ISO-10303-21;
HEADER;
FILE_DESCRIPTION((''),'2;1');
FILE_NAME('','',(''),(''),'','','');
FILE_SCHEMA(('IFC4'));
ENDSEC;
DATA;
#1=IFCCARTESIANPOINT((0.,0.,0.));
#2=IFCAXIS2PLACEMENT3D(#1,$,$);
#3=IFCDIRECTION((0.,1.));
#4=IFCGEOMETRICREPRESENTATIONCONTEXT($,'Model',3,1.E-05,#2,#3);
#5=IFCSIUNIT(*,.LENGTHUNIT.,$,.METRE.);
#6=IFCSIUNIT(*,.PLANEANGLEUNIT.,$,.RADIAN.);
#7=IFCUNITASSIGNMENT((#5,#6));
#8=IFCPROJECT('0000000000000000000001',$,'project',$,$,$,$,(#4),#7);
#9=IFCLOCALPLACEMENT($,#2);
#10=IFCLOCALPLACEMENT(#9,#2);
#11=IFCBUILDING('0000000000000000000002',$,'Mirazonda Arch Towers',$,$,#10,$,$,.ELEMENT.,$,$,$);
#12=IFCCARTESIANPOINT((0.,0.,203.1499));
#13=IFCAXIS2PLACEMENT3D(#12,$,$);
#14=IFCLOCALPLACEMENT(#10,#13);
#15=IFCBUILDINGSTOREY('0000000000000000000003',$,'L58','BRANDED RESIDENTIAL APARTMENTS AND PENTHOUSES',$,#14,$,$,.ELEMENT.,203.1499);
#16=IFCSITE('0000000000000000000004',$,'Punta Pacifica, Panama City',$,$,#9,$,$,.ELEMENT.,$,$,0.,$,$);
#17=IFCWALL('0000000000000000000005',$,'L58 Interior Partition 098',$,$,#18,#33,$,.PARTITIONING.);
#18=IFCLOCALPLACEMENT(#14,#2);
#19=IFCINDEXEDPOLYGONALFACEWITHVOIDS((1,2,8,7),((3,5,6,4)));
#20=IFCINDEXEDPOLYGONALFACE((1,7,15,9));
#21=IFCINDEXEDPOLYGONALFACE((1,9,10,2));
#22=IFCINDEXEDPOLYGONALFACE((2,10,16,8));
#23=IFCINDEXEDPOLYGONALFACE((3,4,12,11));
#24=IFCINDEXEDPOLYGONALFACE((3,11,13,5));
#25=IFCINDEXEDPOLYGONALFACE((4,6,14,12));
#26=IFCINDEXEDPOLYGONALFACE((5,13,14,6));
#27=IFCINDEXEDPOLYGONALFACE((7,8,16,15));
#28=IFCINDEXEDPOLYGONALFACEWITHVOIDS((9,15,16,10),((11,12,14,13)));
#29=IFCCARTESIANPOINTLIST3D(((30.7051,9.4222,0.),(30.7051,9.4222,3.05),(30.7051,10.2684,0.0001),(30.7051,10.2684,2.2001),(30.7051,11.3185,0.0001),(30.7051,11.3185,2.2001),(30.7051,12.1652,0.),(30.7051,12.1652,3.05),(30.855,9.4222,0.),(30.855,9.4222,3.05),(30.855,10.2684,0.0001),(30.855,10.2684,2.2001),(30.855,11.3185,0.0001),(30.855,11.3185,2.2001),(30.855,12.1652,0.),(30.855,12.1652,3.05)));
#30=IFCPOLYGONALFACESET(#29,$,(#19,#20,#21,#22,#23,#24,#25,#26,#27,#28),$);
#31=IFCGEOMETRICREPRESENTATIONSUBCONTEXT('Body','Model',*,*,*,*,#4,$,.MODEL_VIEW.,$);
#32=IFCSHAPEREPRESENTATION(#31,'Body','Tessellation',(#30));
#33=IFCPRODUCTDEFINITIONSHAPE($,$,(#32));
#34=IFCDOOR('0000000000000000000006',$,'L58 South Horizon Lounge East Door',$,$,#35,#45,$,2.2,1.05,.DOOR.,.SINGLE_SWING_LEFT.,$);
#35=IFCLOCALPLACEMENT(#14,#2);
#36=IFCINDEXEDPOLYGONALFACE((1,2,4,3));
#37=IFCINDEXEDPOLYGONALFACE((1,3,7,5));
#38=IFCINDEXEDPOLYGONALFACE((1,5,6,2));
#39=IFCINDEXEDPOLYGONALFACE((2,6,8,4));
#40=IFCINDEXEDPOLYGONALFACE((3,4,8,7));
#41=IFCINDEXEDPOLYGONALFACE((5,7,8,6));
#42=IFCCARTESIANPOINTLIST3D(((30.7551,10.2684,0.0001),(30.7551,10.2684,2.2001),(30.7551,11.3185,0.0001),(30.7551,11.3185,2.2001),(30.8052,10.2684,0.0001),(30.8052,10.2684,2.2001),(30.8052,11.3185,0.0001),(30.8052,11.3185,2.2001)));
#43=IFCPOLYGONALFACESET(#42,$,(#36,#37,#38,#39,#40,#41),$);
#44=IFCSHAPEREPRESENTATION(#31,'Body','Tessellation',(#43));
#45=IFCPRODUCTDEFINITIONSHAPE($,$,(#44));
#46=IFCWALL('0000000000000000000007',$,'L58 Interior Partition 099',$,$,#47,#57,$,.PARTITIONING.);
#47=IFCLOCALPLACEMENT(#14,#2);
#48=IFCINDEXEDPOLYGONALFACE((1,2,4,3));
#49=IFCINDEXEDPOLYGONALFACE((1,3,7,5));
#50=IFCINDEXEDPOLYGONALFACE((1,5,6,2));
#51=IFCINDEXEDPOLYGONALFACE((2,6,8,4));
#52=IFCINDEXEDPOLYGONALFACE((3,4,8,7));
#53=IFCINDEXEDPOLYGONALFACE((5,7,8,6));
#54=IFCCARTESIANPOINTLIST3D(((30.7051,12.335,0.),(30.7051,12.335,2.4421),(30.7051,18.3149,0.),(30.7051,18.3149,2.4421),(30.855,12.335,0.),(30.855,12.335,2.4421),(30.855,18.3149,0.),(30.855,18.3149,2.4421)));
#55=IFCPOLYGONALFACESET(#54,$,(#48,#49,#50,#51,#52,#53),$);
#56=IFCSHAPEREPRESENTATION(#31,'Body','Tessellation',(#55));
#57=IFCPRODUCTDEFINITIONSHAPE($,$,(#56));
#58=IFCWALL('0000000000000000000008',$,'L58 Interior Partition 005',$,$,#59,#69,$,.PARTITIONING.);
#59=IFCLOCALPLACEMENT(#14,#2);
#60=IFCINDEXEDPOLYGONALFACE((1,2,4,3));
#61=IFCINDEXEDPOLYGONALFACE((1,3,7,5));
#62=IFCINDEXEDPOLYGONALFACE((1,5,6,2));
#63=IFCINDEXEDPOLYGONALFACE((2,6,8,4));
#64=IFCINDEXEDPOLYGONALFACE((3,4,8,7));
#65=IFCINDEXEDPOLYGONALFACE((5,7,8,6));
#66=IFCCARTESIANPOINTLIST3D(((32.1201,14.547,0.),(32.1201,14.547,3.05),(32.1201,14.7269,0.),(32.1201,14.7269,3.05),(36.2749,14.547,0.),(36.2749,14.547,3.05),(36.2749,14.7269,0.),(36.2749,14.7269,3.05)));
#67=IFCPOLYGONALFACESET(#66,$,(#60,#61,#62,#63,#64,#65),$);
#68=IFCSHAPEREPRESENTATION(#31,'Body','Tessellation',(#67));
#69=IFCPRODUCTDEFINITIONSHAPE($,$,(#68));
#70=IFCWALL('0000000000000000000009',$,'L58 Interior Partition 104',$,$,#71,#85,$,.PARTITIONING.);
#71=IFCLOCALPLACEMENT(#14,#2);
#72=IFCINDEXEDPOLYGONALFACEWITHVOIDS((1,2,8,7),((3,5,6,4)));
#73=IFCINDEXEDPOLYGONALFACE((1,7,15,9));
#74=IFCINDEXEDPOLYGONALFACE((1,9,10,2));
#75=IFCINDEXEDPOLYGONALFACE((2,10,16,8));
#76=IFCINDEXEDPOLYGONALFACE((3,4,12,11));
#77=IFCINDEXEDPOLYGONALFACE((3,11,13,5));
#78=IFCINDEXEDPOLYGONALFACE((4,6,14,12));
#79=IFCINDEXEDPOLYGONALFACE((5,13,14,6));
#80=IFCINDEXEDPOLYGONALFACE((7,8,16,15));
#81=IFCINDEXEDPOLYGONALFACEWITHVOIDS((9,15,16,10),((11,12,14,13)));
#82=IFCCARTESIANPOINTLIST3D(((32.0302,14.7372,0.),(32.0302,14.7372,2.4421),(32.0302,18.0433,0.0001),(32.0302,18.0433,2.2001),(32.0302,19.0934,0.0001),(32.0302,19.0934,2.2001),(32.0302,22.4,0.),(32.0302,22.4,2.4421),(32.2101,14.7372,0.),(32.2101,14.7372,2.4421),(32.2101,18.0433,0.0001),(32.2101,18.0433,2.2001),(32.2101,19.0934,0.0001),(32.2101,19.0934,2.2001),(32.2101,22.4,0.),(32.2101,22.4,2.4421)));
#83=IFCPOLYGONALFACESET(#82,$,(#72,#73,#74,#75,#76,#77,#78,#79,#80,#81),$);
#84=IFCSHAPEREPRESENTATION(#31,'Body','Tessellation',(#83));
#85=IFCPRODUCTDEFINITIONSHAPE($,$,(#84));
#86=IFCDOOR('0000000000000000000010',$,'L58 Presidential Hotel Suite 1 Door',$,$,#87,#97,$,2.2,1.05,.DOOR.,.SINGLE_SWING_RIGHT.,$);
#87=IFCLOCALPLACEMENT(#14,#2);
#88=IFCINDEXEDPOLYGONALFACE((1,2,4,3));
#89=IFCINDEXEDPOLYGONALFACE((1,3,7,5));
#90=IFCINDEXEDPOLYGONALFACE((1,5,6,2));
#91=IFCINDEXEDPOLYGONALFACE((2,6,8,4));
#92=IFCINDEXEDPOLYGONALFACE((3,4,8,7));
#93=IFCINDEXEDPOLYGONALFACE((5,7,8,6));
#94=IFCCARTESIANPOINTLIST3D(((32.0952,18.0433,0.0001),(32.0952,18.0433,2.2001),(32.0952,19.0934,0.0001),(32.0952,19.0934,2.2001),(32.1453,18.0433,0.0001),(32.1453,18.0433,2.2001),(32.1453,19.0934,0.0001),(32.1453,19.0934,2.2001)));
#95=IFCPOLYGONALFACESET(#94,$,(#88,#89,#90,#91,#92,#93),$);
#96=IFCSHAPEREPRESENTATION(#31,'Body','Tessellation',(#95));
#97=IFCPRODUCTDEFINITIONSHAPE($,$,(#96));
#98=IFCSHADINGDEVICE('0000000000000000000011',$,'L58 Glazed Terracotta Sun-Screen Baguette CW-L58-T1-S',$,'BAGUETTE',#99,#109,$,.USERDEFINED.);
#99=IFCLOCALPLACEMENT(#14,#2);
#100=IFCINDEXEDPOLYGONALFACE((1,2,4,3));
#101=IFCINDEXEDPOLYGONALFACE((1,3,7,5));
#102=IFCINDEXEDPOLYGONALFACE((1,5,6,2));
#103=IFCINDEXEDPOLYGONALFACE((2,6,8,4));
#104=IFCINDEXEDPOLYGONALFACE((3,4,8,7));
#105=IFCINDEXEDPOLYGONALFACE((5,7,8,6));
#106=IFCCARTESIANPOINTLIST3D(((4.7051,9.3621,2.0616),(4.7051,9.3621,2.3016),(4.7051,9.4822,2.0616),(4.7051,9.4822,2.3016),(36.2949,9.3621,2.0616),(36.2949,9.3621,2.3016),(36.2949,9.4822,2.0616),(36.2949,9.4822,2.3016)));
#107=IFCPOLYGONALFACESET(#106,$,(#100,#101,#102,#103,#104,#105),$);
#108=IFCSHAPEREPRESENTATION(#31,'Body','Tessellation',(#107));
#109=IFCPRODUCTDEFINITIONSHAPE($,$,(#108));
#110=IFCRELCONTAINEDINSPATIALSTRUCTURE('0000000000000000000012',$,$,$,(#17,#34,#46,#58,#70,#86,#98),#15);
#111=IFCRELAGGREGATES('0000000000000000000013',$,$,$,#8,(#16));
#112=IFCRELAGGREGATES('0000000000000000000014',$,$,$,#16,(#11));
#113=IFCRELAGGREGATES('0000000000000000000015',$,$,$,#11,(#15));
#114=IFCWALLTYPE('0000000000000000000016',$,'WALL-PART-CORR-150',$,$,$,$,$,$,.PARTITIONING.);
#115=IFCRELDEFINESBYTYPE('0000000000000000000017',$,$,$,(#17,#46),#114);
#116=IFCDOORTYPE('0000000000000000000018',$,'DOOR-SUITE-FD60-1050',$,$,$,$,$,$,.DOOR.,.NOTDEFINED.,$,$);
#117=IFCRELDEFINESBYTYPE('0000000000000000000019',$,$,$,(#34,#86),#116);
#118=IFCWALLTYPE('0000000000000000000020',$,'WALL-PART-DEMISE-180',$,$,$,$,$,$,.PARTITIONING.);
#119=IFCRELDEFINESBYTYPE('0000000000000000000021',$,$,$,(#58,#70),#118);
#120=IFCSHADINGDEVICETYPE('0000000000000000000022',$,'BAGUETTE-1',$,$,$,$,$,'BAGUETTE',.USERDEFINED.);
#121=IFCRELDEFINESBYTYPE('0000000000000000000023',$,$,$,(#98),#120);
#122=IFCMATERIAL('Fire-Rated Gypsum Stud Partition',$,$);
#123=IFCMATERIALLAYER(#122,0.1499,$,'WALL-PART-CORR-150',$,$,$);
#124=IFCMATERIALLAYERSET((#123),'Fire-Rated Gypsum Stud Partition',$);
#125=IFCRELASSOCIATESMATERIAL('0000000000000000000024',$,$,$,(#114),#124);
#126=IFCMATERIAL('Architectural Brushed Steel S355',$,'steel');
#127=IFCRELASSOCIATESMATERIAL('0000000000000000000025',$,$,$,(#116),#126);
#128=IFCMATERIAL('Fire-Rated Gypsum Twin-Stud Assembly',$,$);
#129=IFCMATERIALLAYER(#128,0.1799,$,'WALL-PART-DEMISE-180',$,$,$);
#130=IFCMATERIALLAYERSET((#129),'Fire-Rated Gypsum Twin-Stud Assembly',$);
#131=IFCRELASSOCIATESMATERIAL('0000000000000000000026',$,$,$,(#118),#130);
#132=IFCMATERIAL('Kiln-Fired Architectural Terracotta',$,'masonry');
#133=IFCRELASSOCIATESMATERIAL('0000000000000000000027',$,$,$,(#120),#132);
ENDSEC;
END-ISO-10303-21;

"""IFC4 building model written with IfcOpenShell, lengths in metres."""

from ifc_helpers import new_model, si_unit, direction, frame, frame_2d, origin, origin_2d, place, context, subcontext, project, spatial, rectangle, extrude, material, layer, layer_set, material_profile, profile_set, type_object, element, fill, save


model = new_model("IFC4")

# Units and contexts
model_context = context("Model", 3, precision=1e-05, world=origin(), true_north=direction((0.0, 1.0)))
body_context = subcontext(model_context, "Body", "Model", "MODEL_VIEW")
ifc_project = project(units=[si_unit("LENGTHUNIT", "METRE"), si_unit("PLANEANGLEUNIT", "RADIAN")], contexts=[model_context])

# Site, building, storey
site_placement = place(None, origin())
site = spatial("IfcSite", under=ifc_project, at=site_placement, Name="Punta Pacifica, Panama City", CompositionType="ELEMENT", RefElevation=0.0)
building_placement = place(site_placement, origin())
building = spatial("IfcBuilding", under=site, at=building_placement, Name="Mirazonda Arch Towers", CompositionType="ELEMENT")
storey_placement = place(building_placement, frame((0.0, 0.0, 203.1499)))
storey = spatial("IfcBuildingStorey", under=building, at=storey_placement, Name="L58", Description="BRANDED RESIDENTIAL APARTMENTS AND PENTHOUSES", CompositionType="ELEMENT", Elevation=203.1499)

# Shared definitions
ifc_material_1 = material(Name="Fire-Rated Gypsum Stud Partition")
ifc_layer_1 = layer(ifc_material_1, 0.1499, Name="WALL-PART-CORR-150")
ifc_layer_set_1 = layer_set([ifc_layer_1], Name="Fire-Rated Gypsum Stud Partition")
wall_type_1 = type_object("IfcWallType", Name="WALL-PART-CORR-150", PredefinedType="PARTITIONING", material=ifc_layer_set_1)

# Wall, opening, door
wall_1_placement = place(storey_placement, frame((30.78, 9.4221, 0.0), z_axis=(0.0, 0.0, 1.0), x_axis=(0.0, 1.0, 0.0)))
wall_1 = element("IfcWall", 1, at=wall_1_placement, inside=storey, type_object=wall_type_1, Name="L58 Interior Partition 098", PredefinedType="PARTITIONING", context=body_context, shape_type="SweptSolid", body=[
    extrude(rectangle(XDim=2.7429, YDim=0.1499, at=frame_2d((1.3716, 0.0))), origin(), (0.0, 0.0, 1.0), 3.05),
])
opening_1_placement = place(wall_1_placement, frame((0.8464, 0.0, 0.0)))
opening_1 = element("IfcOpeningElement", 2, at=opening_1_placement, cuts=wall_1, PredefinedType="OPENING", context=body_context, shape_type="SweptSolid", body=[
    extrude(rectangle(XDim=1.05, YDim=2.2, at=frame_2d((0.5249, 1.1001))), frame((0.0, 0.085, 0.0), z_axis=(0.0, -1.0, 0.0), x_axis=(1.0, 0.0, 0.0)), (0.0, 0.0, 1.0), 0.1699),
])
ifc_material_2 = material(Name="Architectural Brushed Steel S355", Category="steel")
door_type_1 = type_object("IfcDoorType", Name="DOOR-SUITE-FD60-1050", OperationType="NOTDEFINED", PredefinedType="DOOR", material=ifc_material_2)
door_1_placement = place(opening_1_placement, origin())
door_1 = element("IfcDoor", 3, at=door_1_placement, inside=storey, type_object=door_type_1, Name="L58 South Horizon Lounge East Door", OperationType="SINGLE_SWING_LEFT", OverallHeight=2.2, OverallWidth=1.05, PredefinedType="DOOR", context=body_context, shape_type="SweptSolid", body=[
    extrude(rectangle(XDim=1.05, YDim=2.2, at=frame_2d((0.5249, 1.1001))), frame((0.0, 0.0249, 0.0), z_axis=(0.0, -1.0, 0.0), x_axis=(1.0, 0.0, 0.0)), (0.0, 0.0, 1.0), 0.05),
])
fill(opening_1, door_1)

# Walls
wall_2_placement = place(storey_placement, frame((30.78, 12.335, 0.0), z_axis=(0.0, 0.0, 1.0), x_axis=(0.0, 1.0, 0.0)))
element("IfcWall", 4, at=wall_2_placement, inside=storey, type_object=wall_type_1, Name="L58 Interior Partition 099", PredefinedType="PARTITIONING", context=body_context, shape_type="SweptSolid", body=[
    extrude(rectangle(XDim=5.98, YDim=0.1499, at=frame_2d((2.99, 0.0))), origin(), (0.0, 0.0, 1.0), 2.4421),
])
ifc_material_3 = material(Name="Fire-Rated Gypsum Twin-Stud Assembly")
ifc_layer_2 = layer(ifc_material_3, 0.1799, Name="WALL-PART-DEMISE-180")
ifc_layer_set_2 = layer_set([ifc_layer_2], Name="Fire-Rated Gypsum Twin-Stud Assembly")
wall_type_2 = type_object("IfcWallType", Name="WALL-PART-DEMISE-180", PredefinedType="PARTITIONING", material=ifc_layer_set_2)
wall_3_placement = place(storey_placement, frame((32.1201, 14.637, 0.0), z_axis=(0.0, 0.0, 1.0), x_axis=(1.0, 0.0, 0.0)))
element("IfcWall", 5, at=wall_3_placement, inside=storey, type_object=wall_type_2, Name="L58 Interior Partition 005", PredefinedType="PARTITIONING", context=body_context, shape_type="SweptSolid", body=[
    extrude(rectangle(XDim=4.1548, YDim=0.1799, at=frame_2d((2.0774, 0.0))), origin(), (0.0, 0.0, 1.0), 3.05),
])

# Wall, opening, door
wall_4_placement = place(storey_placement, frame((32.1201, 14.7371, 0.0), z_axis=(0.0, 0.0, 1.0), x_axis=(0.0, 1.0, 0.0)))
wall_4 = element("IfcWall", 6, at=wall_4_placement, inside=storey, type_object=wall_type_2, Name="L58 Interior Partition 104", PredefinedType="PARTITIONING", context=body_context, shape_type="SweptSolid", body=[
    extrude(rectangle(XDim=7.6628, YDim=0.1799, at=frame_2d((3.8315, 0.0))), origin(), (0.0, 0.0, 1.0), 2.4421),
])
opening_2_placement = place(wall_4_placement, frame((3.3064, 0.0, 0.0)))
opening_2 = element("IfcOpeningElement", 7, at=opening_2_placement, cuts=wall_4, PredefinedType="OPENING", context=body_context, shape_type="SweptSolid", body=[
    extrude(rectangle(XDim=1.05, YDim=2.2, at=frame_2d((0.5249, 1.1001))), frame((0.0, 0.0999, 0.0), z_axis=(0.0, -1.0, 0.0), x_axis=(1.0, 0.0, 0.0)), (0.0, 0.0, 1.0), 0.2),
])
door_2_placement = place(opening_2_placement, origin())
door_2 = element("IfcDoor", 8, at=door_2_placement, inside=storey, type_object=door_type_1, Name="L58 Presidential Hotel Suite 1 Door", OperationType="SINGLE_SWING_RIGHT", OverallHeight=2.2, OverallWidth=1.05, PredefinedType="DOOR", context=body_context, shape_type="SweptSolid", body=[
    extrude(rectangle(XDim=1.05, YDim=2.2, at=frame_2d((0.5249, 1.1001))), frame((0.0, 0.0249, 0.0), z_axis=(0.0, -1.0, 0.0), x_axis=(1.0, 0.0, 0.0)), (0.0, 0.0, 1.0), 0.05),
])
fill(opening_2, door_2)

# Shading device
ifc_material_4 = material(Name="Kiln-Fired Architectural Terracotta", Category="masonry")
ifc_material_profile_1 = material_profile(ifc_material_4, rectangle(XDim=0.1201, YDim=0.24, at=origin_2d()), Name="TERRA-BAG-120x240")
ifc_profile_set_1 = profile_set([ifc_material_profile_1], Name="Kiln-Fired Architectural Terracotta")
shading_device_type = type_object("IfcShadingDeviceType", Name="BAGUETTE-1", ElementType="BAGUETTE", PredefinedType="USERDEFINED", material=ifc_profile_set_1)
shading_device_placement = place(storey_placement, frame((36.2949, 9.4221, 2.1816), z_axis=(-1.0, 0.0, 0.0), x_axis=(0.0, -1.0, 0.0)))
element("IfcShadingDevice", 9, at=shading_device_placement, inside=storey, type_object=shading_device_type, Name="L58 Glazed Terracotta Sun-Screen Baguette CW-L58-T1-S", ObjectType="BAGUETTE", PredefinedType="USERDEFINED", context=body_context, shape_type="SweptSolid", body=[
    extrude(rectangle(XDim=0.1201, YDim=0.24, at=origin_2d()), origin(), (0.0, 0.0, 1.0), 31.5898),
])

save(model, "model.ifc")
